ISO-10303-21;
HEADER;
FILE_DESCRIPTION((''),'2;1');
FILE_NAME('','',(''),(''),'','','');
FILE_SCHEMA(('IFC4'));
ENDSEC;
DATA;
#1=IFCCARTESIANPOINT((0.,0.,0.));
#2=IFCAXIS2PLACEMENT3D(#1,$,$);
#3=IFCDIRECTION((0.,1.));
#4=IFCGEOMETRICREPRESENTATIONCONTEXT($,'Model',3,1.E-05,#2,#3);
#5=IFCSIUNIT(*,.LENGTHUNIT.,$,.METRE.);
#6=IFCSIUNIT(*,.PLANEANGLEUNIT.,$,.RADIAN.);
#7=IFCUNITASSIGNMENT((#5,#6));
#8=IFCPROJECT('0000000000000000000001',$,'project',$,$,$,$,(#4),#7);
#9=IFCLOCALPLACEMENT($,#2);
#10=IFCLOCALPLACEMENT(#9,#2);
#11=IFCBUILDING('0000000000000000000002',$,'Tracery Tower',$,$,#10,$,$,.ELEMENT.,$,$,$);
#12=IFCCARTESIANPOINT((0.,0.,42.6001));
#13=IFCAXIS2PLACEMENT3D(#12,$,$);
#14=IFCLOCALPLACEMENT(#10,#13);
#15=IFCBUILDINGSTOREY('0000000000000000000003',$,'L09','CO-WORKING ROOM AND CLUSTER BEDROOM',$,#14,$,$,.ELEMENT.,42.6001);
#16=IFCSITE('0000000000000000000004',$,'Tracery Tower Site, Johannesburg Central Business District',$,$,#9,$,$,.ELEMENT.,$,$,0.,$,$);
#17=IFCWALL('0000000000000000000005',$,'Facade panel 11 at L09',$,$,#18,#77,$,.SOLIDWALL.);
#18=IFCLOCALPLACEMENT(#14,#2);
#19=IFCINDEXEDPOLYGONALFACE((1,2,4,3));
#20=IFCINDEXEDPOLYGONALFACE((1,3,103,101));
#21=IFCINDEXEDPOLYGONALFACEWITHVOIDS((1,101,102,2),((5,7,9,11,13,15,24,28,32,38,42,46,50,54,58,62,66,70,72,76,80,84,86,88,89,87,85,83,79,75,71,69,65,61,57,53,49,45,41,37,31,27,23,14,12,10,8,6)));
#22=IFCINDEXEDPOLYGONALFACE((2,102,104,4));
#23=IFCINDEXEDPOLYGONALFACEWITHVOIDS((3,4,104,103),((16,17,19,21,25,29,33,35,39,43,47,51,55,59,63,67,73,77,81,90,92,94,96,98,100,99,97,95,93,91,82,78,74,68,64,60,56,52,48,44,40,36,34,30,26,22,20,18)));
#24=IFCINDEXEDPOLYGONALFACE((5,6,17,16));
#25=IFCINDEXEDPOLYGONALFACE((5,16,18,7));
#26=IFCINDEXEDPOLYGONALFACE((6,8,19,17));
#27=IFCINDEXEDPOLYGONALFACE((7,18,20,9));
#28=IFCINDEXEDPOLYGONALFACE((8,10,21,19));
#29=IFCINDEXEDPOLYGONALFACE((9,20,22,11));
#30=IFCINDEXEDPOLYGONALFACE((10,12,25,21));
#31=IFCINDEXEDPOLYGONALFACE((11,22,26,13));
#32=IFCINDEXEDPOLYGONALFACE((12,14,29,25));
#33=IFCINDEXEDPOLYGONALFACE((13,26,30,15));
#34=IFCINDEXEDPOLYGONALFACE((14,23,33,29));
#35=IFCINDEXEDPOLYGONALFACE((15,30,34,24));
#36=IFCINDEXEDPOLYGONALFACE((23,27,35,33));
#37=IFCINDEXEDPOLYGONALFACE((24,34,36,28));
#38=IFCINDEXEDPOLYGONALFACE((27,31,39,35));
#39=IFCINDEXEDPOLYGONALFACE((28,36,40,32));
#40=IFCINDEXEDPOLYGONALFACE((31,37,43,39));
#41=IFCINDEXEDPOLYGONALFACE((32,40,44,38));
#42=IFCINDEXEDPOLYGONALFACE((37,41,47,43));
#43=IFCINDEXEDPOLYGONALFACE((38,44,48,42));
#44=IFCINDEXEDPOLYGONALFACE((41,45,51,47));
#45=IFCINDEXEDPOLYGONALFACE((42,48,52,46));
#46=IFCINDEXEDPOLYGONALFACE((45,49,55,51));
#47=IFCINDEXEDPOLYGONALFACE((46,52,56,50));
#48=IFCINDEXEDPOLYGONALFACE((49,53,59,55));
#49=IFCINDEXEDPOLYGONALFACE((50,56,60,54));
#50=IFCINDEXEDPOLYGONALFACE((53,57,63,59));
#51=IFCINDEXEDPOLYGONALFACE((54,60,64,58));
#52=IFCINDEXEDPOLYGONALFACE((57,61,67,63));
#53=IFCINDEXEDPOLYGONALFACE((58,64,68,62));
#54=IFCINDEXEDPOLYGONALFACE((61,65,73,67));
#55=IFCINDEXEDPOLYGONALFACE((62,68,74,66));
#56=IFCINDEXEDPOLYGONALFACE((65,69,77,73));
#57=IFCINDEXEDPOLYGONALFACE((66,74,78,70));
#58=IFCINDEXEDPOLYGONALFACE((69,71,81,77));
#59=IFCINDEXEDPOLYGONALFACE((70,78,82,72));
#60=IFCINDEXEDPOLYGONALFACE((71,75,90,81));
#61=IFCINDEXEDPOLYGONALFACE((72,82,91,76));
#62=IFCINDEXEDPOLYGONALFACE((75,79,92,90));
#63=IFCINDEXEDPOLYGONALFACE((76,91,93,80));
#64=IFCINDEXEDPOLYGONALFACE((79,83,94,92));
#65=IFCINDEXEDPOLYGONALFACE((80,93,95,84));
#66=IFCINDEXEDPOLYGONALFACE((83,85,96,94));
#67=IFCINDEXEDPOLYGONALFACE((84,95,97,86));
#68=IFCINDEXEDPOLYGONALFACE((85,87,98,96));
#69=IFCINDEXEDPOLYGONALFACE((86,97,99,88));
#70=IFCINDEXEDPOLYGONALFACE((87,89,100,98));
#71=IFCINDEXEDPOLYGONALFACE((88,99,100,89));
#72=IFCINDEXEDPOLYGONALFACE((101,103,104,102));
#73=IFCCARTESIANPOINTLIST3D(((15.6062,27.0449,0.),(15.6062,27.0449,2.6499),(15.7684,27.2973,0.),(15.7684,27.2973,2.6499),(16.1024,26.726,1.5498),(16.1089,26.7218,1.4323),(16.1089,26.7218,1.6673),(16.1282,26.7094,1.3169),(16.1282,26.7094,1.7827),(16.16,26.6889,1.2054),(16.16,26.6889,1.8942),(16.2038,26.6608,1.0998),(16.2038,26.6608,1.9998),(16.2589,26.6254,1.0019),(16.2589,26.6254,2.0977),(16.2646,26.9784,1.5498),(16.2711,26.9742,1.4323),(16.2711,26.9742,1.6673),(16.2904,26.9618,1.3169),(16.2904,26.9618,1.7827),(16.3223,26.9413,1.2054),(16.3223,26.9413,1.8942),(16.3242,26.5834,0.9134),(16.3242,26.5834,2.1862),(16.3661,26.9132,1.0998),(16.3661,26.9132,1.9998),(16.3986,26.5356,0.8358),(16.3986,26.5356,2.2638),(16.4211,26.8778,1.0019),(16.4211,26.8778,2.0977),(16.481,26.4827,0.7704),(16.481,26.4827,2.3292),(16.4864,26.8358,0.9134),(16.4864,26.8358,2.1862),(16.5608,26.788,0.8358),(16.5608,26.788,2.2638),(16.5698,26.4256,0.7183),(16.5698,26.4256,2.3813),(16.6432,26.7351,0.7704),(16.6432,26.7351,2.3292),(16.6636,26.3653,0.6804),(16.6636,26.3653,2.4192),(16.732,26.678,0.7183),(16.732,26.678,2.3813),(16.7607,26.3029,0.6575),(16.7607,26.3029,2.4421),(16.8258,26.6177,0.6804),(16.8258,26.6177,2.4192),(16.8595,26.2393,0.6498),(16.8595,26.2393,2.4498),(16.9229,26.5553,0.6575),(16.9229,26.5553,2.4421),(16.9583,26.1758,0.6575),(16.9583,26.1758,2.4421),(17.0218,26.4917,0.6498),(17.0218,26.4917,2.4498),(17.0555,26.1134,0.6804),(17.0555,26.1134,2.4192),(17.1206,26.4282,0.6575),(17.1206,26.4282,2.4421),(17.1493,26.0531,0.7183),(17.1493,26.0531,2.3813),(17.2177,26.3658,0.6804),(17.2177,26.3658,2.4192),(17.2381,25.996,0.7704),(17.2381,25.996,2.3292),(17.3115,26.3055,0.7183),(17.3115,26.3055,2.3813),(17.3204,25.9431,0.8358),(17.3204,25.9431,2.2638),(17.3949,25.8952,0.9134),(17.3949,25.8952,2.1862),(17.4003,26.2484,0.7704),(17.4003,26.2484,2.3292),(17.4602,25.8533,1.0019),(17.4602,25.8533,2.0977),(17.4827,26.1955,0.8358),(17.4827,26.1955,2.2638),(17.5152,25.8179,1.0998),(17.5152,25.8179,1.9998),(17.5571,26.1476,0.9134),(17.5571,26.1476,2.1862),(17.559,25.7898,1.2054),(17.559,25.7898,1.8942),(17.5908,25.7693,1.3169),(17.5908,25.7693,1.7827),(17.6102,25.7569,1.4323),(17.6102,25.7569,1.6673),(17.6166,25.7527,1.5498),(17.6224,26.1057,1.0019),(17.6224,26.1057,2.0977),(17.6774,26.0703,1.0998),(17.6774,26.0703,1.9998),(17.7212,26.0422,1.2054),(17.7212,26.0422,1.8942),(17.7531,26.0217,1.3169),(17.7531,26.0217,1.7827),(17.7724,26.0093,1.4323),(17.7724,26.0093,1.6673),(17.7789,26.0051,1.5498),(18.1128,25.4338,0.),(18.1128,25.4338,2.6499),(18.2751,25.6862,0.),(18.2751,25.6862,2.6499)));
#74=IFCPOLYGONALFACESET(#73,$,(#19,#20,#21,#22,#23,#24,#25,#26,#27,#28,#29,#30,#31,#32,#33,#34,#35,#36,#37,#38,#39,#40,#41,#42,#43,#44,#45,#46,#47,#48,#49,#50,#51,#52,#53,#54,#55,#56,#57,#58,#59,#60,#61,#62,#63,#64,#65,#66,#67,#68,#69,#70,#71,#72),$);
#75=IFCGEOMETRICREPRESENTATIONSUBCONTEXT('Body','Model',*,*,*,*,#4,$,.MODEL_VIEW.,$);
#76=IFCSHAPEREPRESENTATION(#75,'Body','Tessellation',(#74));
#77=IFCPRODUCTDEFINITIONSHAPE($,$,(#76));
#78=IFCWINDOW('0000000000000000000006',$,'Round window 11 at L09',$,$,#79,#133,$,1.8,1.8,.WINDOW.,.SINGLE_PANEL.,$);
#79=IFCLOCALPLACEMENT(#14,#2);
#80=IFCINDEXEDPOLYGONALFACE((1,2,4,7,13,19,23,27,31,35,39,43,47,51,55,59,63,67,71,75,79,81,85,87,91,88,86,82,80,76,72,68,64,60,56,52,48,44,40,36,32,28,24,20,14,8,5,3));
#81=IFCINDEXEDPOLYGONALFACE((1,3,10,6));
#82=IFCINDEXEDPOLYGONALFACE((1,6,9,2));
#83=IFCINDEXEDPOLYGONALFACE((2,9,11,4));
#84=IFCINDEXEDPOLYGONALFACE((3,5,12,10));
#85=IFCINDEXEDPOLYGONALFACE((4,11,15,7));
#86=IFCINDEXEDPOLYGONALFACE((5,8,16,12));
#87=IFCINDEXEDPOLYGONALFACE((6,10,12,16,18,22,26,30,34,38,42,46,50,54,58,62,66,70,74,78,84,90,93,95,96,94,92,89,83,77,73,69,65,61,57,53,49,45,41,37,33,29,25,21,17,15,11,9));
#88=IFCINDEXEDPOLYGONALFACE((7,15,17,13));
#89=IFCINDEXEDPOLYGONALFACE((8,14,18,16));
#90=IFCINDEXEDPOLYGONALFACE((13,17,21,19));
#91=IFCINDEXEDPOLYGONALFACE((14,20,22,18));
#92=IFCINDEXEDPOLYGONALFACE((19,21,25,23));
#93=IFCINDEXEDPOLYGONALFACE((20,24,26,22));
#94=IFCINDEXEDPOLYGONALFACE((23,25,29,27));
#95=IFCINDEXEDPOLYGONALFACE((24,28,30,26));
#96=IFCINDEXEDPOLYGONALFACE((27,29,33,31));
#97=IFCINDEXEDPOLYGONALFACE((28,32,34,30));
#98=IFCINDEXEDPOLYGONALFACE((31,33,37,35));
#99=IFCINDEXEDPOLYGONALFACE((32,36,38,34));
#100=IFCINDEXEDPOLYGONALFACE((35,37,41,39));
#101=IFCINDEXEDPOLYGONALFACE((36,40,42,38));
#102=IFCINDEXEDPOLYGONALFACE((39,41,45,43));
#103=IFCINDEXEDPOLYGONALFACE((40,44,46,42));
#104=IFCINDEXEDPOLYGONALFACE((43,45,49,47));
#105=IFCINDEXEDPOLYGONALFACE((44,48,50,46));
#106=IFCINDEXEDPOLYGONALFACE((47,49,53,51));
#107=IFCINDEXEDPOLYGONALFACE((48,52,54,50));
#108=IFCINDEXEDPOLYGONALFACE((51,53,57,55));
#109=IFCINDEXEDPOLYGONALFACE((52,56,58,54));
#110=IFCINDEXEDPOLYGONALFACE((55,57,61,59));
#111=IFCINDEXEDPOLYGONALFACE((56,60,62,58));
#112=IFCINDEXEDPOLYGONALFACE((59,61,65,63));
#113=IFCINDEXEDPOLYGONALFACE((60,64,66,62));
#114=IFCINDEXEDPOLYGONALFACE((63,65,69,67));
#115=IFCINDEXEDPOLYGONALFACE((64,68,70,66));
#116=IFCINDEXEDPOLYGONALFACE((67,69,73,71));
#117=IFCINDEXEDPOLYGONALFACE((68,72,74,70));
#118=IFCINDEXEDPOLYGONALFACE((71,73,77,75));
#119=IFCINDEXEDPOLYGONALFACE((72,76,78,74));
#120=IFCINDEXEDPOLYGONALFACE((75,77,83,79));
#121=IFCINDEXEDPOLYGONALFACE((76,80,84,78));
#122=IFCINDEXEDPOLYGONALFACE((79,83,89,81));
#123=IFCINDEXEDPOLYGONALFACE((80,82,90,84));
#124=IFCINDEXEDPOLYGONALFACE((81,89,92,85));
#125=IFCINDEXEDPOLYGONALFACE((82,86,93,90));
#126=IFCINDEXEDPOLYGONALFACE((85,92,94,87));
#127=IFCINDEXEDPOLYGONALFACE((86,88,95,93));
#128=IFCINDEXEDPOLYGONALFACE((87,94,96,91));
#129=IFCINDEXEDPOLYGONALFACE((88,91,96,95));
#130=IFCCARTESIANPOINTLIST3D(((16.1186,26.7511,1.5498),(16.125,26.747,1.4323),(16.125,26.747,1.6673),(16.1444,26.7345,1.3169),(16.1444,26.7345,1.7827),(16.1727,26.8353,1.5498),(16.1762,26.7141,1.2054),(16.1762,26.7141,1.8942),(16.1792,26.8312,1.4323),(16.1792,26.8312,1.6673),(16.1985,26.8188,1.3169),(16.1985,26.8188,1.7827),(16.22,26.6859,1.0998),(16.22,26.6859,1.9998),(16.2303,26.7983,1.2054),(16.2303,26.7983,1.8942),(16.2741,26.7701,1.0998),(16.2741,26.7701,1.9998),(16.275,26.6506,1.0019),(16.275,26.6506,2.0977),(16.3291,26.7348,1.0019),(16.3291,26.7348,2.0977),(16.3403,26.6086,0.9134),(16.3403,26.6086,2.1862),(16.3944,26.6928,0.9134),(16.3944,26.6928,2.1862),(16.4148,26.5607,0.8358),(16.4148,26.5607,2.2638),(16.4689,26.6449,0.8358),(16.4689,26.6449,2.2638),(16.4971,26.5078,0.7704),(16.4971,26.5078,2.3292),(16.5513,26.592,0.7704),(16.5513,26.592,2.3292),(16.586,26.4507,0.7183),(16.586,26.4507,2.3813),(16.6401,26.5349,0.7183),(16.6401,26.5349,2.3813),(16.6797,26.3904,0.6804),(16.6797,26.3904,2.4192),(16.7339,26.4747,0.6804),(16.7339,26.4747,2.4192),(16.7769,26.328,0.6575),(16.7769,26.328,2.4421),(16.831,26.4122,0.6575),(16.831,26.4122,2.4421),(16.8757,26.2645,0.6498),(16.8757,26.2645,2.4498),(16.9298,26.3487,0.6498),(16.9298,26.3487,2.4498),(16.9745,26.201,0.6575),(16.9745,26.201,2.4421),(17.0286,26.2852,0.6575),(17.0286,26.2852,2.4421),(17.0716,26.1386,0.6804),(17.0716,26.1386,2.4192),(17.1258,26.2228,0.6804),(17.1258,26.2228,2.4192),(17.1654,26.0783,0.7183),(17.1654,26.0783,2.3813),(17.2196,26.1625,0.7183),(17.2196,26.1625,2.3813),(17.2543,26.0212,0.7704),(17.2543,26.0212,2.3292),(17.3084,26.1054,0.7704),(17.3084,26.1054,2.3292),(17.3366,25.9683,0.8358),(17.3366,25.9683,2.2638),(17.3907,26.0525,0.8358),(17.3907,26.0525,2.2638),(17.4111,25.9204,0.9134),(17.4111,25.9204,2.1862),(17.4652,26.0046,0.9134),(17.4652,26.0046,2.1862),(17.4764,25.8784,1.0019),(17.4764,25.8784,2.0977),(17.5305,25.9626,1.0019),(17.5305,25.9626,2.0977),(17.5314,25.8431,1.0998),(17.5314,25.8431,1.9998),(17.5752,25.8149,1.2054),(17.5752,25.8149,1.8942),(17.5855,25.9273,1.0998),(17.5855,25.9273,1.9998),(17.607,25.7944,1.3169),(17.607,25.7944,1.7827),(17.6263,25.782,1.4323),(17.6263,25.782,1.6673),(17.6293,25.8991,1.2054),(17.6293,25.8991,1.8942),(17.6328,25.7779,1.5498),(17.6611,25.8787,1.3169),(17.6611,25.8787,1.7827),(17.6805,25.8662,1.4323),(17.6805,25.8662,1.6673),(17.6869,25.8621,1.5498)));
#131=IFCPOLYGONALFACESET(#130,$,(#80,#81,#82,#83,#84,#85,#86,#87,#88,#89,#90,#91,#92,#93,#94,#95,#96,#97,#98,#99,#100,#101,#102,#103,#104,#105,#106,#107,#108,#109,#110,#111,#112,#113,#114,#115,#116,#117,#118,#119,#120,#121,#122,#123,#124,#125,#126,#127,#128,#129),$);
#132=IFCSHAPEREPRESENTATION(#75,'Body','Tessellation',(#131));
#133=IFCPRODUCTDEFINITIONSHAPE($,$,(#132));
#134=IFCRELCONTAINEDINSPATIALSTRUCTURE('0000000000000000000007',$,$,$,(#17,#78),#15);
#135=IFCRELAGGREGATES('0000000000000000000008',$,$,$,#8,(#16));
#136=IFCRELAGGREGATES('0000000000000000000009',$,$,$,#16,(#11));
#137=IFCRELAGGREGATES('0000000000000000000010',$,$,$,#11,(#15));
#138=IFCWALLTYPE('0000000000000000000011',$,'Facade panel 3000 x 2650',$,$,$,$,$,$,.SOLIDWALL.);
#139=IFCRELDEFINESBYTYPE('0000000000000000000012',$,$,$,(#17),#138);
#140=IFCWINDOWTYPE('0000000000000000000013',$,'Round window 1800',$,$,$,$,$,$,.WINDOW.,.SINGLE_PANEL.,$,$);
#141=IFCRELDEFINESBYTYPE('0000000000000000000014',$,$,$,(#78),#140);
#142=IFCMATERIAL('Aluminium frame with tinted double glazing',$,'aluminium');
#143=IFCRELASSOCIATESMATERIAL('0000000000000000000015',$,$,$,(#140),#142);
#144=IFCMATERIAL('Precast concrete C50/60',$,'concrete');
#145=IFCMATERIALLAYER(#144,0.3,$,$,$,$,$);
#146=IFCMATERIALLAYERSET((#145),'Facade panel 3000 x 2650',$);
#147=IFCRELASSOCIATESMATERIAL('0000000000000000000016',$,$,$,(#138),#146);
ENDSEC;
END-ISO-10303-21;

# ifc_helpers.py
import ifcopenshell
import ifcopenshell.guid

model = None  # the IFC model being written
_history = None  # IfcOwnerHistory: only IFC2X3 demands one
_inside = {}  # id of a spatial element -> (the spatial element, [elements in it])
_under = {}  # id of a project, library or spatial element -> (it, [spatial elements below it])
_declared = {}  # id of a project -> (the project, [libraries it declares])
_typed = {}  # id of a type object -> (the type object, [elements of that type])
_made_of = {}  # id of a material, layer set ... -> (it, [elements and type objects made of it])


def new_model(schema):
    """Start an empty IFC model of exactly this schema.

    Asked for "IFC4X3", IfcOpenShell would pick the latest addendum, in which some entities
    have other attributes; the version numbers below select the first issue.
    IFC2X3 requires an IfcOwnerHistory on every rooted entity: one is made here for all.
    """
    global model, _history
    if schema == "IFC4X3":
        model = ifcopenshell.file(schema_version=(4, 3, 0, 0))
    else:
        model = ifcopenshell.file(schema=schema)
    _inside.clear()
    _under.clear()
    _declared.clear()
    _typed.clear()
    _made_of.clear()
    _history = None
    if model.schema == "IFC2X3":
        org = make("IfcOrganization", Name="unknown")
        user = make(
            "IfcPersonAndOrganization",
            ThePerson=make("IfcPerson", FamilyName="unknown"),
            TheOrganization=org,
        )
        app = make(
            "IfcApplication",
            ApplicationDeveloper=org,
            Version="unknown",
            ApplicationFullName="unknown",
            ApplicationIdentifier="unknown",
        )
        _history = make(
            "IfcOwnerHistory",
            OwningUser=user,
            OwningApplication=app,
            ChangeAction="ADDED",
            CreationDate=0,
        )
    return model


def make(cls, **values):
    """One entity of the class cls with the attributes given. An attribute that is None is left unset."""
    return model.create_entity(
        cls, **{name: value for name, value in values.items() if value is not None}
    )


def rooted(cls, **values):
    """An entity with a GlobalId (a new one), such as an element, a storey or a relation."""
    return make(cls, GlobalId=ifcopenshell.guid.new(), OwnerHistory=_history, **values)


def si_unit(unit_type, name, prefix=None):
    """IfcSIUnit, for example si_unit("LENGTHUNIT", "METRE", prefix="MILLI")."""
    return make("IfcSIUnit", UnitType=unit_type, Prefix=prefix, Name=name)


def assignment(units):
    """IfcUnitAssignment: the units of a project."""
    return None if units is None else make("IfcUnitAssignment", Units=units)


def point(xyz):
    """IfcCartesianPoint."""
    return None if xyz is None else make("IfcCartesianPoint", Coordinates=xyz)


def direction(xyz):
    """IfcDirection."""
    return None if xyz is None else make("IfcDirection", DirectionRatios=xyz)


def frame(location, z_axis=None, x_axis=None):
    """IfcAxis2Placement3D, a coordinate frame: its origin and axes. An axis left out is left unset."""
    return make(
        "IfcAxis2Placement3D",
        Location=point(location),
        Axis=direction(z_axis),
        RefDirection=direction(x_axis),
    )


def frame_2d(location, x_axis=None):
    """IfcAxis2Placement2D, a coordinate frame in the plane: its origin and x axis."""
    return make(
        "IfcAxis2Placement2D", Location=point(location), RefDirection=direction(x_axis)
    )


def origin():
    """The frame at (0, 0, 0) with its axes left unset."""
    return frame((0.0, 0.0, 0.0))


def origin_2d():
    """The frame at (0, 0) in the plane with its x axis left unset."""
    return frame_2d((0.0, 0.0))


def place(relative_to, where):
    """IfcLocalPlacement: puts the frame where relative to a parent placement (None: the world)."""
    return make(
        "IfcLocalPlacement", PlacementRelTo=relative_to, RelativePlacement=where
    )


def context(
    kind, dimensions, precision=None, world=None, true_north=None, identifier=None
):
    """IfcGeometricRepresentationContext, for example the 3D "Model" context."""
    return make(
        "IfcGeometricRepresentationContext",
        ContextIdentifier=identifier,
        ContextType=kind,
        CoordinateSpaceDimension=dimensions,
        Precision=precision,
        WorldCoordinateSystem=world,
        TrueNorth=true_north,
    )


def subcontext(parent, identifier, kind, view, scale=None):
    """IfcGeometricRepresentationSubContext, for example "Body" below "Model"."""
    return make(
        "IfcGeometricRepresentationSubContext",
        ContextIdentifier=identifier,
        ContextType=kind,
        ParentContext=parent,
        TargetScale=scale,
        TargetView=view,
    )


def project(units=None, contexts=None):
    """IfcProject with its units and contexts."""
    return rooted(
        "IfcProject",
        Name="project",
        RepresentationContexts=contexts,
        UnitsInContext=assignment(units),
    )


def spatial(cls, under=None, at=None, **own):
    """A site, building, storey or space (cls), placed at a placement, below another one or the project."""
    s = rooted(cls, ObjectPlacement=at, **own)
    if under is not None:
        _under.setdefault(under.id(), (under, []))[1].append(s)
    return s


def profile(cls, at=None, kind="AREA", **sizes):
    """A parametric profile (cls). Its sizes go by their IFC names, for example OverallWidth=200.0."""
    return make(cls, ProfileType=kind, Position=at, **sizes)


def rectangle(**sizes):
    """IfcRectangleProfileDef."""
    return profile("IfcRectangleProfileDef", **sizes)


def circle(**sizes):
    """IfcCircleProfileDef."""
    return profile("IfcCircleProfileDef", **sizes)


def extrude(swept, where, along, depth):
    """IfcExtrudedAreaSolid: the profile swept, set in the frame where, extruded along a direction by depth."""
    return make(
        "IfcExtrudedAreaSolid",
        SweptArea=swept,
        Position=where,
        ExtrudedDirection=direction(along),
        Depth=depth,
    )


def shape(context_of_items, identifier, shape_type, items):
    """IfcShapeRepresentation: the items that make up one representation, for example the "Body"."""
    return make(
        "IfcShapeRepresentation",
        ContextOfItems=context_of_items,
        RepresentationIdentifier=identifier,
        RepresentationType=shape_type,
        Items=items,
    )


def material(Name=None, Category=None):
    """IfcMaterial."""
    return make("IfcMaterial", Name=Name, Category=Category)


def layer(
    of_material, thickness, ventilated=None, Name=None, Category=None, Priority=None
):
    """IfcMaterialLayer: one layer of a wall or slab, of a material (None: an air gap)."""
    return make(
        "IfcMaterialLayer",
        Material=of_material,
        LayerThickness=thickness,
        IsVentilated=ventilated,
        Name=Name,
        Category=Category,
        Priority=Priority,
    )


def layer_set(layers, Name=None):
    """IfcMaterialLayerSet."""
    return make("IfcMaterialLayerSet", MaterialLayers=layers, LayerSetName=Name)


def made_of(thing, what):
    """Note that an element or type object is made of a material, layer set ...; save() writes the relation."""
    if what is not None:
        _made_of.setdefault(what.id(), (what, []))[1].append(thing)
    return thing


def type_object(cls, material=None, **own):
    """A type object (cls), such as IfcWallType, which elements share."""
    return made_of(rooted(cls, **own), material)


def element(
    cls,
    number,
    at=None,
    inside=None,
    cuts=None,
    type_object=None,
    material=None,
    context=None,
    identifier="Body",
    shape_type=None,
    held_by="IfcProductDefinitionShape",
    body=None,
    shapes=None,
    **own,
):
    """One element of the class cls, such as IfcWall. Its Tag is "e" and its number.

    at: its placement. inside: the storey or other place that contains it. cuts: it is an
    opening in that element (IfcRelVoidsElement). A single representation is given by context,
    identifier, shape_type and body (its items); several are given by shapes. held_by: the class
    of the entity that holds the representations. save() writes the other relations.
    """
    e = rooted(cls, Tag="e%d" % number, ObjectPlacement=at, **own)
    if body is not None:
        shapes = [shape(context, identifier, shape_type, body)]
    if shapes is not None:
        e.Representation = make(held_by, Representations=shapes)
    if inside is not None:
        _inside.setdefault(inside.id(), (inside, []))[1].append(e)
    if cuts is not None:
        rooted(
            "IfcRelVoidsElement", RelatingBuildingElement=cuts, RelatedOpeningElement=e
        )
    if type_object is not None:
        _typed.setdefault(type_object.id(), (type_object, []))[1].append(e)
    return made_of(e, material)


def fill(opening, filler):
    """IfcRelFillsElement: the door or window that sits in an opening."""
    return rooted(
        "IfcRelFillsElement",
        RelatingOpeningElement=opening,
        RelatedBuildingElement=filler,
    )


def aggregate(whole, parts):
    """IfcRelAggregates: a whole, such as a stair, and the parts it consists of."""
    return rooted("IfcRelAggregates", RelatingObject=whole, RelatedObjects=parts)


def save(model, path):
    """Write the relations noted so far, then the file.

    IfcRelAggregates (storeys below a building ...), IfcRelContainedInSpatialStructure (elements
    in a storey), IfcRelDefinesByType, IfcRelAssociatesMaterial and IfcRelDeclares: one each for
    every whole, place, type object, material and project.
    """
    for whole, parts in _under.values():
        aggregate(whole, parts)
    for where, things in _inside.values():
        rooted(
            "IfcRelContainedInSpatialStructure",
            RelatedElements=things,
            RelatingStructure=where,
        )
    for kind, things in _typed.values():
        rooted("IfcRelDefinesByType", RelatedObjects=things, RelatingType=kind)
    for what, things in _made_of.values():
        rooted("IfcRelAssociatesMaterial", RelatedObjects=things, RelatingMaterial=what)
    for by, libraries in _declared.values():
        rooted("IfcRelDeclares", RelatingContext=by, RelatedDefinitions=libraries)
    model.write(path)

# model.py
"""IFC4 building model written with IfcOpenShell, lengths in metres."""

from ifc_helpers import new_model, si_unit, direction, frame, frame_2d, origin, origin_2d, place, context, subcontext, project, spatial, rectangle, circle, extrude, material, layer, layer_set, type_object, element, fill, save


model = new_model("IFC4")

# Units and contexts
model_context = context("Model", 3, precision=1e-05, world=origin(), true_north=direction((0.0, 1.0)))
body_context = subcontext(model_context, "Body", "Model", "MODEL_VIEW")
ifc_project = project(units=[si_unit("LENGTHUNIT", "METRE"), si_unit("PLANEANGLEUNIT", "RADIAN")], contexts=[model_context])

# Site, building, storey
site_placement = place(None, origin())
site = spatial("IfcSite", under=ifc_project, at=site_placement, Name="Tracery Tower Site, Johannesburg Central Business District", CompositionType="ELEMENT", RefElevation=0.0)
building_placement = place(site_placement, origin())
building = spatial("IfcBuilding", under=site, at=building_placement, Name="Tracery Tower", CompositionType="ELEMENT")
storey_placement = place(building_placement, frame((0.0, 0.0, 42.6001)))
storey = spatial("IfcBuildingStorey", under=building, at=storey_placement, Name="L09", Description="CO-WORKING ROOM AND CLUSTER BEDROOM", CompositionType="ELEMENT", Elevation=42.6001)

# Wall, opening, window
ifc_material_1 = material(Name="Aluminium frame with tinted double glazing", Category="aluminium")
window_type = type_object("IfcWindowType", Name="Round window 1800", PartitioningType="SINGLE_PANEL", PredefinedType="WINDOW", material=ifc_material_1)
ifc_material_2 = material(Name="Precast concrete C50/60", Category="concrete")
ifc_layer_1 = layer(ifc_material_2, 0.3)
ifc_layer_set_1 = layer_set([ifc_layer_1], Name="Facade panel 3000 x 2650")
wall_type_1 = type_object("IfcWallType", Name="Facade panel 3000 x 2650", PredefinedType="SOLIDWALL", material=ifc_layer_set_1)
wall_1_placement = place(storey_placement, frame((18.1938, 25.5601, 0.0), z_axis=(0.0, 0.0, 1.0), x_axis=(-0.841224, 0.540687, 0.0)))
wall_1 = element("IfcWall", 1, at=wall_1_placement, inside=storey, type_object=wall_type_1, Name="Facade panel 11 at L09", PredefinedType="SOLIDWALL", context=body_context, shape_type="SweptSolid", body=[
    extrude(rectangle(XDim=2.9797, YDim=0.3, at=frame_2d((1.4897, 0.0))), origin(), (0.0, 0.0, 1.0), 2.6499),
])
opening_1_placement = place(wall_1_placement, frame((1.4897, 0.0, 1.5498)))
opening_1 = element("IfcOpeningElement", 2, at=opening_1_placement, cuts=wall_1, PredefinedType="OPENING", context=body_context, shape_type="SweptSolid", body=[
    extrude(circle(Radius=0.9, at=origin_2d()), frame((0.0, 0.1599, 0.0), z_axis=(0.0, -1.0, 0.0), x_axis=(1.0, 0.0, 0.0)), (0.0, 0.0, 1.0), 0.3201),
])
window_1_placement = place(opening_1_placement, origin())
window_1 = element("IfcWindow", 3, at=window_1_placement, inside=storey, type_object=window_type, Name="Round window 11 at L09", OverallHeight=1.8, OverallWidth=1.8, PartitioningType="SINGLE_PANEL", PredefinedType="WINDOW", context=body_context, shape_type="SweptSolid", body=[
    extrude(circle(Radius=0.9, at=origin_2d()), frame((0.0, 0.1201, 0.0), z_axis=(0.0, -1.0, 0.0), x_axis=(1.0, 0.0, 0.0)), (0.0, 0.0, 1.0), 0.1001),
])
fill(opening_1, window_1)

save(model, "model.ifc")
